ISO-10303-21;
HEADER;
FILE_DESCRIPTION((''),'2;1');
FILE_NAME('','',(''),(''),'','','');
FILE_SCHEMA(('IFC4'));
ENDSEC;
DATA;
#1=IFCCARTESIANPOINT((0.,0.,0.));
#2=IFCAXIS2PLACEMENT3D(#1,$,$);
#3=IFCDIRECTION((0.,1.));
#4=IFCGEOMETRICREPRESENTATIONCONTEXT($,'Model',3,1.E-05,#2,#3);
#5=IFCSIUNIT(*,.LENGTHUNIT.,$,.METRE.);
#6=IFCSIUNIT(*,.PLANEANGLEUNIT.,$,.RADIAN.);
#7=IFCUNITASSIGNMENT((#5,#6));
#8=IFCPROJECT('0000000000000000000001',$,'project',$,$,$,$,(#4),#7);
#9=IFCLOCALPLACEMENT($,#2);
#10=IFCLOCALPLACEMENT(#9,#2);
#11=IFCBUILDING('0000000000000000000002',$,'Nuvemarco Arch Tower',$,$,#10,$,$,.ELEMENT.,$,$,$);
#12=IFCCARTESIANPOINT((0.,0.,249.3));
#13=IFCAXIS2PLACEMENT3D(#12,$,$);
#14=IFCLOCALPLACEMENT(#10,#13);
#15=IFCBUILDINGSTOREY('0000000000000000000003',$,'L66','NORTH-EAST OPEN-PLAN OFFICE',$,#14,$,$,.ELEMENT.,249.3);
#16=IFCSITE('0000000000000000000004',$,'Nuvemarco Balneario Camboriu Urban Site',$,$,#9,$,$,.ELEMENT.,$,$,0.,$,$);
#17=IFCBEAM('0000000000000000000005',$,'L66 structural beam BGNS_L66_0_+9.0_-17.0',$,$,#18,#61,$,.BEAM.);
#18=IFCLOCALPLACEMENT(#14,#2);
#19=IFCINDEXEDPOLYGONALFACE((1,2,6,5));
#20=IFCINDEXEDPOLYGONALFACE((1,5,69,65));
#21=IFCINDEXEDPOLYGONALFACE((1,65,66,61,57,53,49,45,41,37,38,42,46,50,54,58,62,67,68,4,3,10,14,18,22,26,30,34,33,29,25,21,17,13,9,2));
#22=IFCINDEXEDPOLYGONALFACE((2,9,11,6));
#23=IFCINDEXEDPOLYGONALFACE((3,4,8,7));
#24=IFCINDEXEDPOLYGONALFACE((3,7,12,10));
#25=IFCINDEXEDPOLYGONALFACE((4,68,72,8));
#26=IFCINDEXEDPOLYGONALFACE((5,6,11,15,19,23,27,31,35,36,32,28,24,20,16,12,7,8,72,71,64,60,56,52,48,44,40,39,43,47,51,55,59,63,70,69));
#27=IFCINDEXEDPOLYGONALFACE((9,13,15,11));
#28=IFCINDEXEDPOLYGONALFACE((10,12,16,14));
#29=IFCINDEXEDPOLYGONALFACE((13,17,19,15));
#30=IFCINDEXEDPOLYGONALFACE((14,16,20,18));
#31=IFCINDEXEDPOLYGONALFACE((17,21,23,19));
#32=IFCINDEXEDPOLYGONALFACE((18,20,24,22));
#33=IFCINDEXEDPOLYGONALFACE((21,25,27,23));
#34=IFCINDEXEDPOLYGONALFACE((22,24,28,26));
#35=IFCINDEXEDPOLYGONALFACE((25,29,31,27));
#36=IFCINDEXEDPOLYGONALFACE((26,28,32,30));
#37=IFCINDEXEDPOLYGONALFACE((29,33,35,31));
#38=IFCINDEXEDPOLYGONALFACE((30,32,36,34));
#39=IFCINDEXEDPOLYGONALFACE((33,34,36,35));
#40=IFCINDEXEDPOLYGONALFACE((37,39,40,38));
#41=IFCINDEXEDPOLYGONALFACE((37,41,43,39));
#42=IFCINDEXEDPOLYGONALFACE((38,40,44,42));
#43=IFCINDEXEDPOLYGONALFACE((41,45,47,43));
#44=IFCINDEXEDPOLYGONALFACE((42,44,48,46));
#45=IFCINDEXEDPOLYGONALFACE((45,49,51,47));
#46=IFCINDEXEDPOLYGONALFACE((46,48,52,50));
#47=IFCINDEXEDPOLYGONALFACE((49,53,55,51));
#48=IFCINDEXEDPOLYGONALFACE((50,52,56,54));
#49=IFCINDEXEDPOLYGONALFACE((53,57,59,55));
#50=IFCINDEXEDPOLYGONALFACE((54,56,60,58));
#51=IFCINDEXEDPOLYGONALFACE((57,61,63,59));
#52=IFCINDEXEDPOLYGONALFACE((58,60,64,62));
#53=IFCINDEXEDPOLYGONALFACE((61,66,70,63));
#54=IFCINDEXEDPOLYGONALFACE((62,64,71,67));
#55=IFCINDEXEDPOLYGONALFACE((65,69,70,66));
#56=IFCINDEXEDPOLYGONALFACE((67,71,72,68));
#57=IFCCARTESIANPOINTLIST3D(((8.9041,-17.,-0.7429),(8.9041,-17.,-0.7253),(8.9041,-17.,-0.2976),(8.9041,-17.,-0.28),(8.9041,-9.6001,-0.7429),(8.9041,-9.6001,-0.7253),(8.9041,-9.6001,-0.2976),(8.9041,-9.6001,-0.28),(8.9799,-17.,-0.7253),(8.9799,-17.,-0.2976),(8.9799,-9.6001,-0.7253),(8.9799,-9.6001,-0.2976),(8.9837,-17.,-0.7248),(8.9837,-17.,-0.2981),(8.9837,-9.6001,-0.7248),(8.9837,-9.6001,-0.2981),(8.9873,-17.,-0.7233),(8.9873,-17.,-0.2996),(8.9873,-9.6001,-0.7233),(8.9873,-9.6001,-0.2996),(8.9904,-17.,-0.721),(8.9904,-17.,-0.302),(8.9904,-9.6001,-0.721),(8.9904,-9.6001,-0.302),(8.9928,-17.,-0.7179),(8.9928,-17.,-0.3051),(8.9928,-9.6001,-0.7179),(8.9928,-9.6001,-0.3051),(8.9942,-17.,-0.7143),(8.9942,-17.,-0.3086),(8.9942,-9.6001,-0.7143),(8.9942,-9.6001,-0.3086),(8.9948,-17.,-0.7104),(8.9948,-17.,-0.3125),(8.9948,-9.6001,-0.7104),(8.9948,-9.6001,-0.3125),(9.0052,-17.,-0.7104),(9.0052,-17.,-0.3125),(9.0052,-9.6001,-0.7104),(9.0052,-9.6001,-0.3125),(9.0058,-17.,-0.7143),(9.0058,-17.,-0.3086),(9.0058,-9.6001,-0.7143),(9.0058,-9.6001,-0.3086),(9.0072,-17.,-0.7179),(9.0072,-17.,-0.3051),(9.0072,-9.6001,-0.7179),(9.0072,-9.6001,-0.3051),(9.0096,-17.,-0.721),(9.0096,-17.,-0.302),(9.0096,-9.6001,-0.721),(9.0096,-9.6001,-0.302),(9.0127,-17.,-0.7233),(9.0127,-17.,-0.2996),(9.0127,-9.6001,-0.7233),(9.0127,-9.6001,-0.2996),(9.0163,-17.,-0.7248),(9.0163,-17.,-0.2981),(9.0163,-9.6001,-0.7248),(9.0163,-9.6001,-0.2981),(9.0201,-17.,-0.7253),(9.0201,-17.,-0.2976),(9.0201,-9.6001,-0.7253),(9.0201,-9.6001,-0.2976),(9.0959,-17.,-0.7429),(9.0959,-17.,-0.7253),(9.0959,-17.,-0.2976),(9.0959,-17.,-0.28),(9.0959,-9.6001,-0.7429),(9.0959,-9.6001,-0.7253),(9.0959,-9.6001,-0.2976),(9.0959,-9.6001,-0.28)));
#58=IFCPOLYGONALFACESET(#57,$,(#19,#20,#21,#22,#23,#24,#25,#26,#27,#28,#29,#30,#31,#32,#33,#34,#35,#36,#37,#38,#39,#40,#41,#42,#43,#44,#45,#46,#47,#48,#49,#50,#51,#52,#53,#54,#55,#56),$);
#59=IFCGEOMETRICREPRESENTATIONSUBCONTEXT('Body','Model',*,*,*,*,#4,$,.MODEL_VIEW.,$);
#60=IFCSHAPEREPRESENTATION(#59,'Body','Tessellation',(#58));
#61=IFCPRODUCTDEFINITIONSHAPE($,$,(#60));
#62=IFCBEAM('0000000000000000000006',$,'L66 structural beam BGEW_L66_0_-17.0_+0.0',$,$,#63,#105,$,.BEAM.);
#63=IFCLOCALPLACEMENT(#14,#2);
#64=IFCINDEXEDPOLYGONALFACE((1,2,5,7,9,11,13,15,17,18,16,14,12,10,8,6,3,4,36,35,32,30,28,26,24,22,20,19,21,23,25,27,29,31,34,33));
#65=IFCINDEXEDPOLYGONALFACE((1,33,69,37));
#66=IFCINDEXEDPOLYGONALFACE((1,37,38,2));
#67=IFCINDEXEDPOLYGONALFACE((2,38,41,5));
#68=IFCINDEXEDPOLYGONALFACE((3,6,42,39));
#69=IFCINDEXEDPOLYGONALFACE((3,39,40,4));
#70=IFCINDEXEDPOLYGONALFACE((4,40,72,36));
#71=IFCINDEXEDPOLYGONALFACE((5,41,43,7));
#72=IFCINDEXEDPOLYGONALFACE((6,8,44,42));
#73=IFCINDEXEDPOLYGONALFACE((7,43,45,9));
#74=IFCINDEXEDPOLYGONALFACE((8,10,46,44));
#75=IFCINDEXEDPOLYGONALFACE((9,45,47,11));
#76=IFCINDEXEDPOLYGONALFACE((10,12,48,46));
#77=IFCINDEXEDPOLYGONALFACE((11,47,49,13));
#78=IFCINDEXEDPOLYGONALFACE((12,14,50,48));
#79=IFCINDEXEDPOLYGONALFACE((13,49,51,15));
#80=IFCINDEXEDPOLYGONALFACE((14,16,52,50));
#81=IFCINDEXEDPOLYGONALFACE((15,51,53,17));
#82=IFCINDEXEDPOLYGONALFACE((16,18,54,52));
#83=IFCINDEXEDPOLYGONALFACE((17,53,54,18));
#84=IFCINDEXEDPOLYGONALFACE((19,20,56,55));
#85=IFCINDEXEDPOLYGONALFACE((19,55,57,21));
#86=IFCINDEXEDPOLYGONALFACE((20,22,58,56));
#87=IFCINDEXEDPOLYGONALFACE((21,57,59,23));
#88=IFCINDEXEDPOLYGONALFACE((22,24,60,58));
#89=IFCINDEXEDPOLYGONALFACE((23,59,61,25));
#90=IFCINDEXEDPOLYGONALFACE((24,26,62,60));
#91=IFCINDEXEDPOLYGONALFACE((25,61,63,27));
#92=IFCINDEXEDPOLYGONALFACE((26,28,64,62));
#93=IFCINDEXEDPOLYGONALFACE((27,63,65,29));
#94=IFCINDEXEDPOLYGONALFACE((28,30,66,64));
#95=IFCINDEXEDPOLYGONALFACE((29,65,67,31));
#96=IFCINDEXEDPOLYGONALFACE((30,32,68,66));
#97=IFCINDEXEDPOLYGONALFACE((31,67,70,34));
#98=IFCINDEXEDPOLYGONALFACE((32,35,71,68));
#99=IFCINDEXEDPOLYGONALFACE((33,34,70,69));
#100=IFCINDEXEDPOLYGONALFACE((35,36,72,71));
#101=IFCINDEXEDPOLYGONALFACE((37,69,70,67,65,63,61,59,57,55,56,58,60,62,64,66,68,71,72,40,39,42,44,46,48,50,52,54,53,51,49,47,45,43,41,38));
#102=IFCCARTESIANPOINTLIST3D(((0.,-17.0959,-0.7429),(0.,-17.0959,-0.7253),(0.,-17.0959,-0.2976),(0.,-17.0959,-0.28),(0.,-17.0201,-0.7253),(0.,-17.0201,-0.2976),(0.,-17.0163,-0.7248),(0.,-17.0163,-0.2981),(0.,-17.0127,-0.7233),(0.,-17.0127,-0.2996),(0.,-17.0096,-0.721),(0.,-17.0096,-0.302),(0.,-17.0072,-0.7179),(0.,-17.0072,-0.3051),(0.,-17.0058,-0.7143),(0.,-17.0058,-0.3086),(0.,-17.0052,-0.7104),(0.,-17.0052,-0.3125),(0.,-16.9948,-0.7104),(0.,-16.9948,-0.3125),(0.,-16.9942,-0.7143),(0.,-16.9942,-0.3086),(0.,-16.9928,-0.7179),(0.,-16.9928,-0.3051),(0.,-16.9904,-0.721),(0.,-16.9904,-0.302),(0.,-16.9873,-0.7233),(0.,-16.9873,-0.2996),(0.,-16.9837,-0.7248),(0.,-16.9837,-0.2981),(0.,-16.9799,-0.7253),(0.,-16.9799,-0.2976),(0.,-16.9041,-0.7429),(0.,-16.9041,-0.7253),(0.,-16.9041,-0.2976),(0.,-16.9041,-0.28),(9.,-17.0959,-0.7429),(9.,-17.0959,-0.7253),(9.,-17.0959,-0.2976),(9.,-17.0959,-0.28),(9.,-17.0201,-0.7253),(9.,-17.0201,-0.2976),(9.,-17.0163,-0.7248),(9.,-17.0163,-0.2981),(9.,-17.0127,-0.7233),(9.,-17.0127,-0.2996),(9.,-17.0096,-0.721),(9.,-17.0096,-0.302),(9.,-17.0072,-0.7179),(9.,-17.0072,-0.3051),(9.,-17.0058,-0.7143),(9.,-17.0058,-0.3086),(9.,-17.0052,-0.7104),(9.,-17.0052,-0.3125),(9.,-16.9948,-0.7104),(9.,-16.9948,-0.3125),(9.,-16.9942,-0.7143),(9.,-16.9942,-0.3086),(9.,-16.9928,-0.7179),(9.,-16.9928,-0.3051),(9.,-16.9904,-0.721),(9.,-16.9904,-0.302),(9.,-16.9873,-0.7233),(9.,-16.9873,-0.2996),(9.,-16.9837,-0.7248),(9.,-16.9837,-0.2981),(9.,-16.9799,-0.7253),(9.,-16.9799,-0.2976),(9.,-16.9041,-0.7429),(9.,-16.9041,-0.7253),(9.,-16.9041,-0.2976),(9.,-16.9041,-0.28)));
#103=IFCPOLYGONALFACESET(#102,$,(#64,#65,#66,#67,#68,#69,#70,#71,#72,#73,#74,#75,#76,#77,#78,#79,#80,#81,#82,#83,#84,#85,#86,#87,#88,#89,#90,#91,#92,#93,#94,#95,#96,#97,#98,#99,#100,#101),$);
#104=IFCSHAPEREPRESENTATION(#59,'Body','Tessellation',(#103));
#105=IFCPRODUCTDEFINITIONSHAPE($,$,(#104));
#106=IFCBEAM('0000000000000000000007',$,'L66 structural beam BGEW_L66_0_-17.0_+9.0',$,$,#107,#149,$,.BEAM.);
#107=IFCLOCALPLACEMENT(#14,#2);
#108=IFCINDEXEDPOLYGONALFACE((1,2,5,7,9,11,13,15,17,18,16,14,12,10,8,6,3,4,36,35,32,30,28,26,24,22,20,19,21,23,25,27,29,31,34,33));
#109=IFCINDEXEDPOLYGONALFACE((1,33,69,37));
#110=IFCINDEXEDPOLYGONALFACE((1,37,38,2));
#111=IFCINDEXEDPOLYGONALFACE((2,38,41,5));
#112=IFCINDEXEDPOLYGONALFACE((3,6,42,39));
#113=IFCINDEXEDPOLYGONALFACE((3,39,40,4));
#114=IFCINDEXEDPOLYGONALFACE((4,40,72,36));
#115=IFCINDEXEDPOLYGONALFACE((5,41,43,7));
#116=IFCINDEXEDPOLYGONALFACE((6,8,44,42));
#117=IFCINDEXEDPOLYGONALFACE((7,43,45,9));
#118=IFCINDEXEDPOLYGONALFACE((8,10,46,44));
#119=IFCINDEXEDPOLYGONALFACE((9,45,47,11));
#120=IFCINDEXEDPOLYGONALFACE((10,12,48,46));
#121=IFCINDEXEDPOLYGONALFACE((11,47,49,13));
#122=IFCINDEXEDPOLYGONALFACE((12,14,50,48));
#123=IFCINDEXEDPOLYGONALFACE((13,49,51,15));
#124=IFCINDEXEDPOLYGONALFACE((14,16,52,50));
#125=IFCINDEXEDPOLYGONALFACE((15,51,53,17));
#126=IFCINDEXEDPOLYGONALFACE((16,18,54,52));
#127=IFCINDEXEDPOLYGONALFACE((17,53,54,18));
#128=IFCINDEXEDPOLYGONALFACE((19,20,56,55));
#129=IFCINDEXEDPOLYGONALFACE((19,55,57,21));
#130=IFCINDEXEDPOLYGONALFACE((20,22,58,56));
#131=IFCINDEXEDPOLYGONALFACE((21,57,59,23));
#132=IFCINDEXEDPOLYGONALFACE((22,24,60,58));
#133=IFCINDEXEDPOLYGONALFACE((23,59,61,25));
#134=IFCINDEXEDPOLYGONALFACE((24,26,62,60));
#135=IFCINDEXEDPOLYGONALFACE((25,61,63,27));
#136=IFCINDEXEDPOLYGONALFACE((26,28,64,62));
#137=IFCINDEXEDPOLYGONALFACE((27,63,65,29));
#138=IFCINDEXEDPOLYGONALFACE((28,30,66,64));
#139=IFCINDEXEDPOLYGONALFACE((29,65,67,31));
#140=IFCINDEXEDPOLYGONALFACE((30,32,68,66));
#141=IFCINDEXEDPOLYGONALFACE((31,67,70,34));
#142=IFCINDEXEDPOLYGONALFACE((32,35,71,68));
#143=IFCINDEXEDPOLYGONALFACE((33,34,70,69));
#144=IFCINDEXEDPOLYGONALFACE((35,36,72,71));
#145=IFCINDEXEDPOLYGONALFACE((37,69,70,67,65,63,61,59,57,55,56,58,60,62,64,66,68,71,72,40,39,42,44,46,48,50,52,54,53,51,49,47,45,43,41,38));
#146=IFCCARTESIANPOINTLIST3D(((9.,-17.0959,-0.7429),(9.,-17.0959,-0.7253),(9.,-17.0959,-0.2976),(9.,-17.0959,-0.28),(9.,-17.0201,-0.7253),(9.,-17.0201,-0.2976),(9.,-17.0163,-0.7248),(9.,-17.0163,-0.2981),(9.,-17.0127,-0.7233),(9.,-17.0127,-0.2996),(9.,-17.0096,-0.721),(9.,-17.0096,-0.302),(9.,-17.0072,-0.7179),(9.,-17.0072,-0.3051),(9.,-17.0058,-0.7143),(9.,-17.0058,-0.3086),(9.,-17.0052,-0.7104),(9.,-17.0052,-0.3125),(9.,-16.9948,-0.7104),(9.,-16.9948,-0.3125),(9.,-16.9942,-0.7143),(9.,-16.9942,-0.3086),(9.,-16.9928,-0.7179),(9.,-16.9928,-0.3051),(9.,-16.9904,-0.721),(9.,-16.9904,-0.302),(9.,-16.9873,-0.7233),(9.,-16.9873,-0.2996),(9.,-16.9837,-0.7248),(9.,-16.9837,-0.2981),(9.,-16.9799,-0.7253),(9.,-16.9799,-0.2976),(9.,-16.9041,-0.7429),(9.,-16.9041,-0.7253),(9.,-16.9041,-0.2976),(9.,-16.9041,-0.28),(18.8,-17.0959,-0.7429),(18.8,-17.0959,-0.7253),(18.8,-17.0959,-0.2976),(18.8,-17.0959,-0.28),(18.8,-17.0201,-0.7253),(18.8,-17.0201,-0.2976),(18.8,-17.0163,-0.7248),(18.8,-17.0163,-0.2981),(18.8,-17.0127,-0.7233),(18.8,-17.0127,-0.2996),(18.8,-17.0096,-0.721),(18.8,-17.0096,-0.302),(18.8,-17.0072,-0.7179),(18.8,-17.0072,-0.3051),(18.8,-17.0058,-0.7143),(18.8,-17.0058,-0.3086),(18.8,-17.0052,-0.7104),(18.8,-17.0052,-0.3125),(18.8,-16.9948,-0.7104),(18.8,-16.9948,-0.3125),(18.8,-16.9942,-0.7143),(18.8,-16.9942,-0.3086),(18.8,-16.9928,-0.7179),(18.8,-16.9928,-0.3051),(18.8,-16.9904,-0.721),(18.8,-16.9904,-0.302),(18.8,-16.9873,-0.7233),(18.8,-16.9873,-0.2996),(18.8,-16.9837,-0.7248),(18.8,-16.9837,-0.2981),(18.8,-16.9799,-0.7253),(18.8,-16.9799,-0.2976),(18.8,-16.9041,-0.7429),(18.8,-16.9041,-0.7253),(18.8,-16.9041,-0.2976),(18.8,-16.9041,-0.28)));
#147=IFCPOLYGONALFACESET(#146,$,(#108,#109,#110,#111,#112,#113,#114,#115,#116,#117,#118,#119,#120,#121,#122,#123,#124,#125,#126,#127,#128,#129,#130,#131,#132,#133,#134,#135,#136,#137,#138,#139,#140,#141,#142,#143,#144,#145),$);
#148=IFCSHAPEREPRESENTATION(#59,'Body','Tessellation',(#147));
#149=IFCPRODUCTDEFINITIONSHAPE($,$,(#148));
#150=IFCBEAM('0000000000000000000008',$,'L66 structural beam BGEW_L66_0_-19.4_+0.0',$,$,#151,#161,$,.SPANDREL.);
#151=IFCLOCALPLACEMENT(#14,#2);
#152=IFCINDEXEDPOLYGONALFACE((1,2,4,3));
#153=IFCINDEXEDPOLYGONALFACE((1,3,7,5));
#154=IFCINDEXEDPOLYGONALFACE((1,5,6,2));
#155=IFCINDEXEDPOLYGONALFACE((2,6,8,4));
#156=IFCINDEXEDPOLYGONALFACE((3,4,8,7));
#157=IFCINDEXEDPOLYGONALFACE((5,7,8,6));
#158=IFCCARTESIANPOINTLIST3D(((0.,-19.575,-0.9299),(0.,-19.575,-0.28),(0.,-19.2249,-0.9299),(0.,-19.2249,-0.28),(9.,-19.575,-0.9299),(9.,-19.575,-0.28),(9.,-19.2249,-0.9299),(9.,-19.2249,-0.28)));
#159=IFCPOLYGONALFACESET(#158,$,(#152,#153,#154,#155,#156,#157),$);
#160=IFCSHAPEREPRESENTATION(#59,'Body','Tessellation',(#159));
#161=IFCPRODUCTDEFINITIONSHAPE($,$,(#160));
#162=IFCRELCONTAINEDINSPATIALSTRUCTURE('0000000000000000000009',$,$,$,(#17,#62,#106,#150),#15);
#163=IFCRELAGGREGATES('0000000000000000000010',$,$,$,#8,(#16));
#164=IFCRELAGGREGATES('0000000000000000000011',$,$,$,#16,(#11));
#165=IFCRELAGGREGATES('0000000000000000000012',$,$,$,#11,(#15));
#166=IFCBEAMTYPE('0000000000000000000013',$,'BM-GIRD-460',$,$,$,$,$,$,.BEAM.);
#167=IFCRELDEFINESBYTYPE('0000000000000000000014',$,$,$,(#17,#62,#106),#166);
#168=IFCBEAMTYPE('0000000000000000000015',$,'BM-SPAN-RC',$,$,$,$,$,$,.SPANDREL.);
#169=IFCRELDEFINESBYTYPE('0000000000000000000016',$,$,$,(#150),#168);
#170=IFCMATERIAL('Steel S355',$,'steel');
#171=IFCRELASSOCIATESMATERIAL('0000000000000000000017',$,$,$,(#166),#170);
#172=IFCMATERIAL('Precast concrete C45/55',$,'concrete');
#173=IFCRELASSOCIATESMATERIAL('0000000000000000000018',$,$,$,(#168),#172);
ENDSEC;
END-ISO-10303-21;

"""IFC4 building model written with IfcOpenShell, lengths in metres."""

from ifc_helpers import new_model, si_unit, direction, frame, origin, origin_2d, place, context, subcontext, project, spatial, rectangle, i_section, extrude, material, material_profile, profile_set, type_object, element, save


model = new_model("IFC4")

# Units and contexts
model_context = context("Model", 3, precision=1e-05, world=origin(), true_north=direction((0.0, 1.0)))
body_context = subcontext(model_context, "Body", "Model", "MODEL_VIEW")
ifc_project = project(units=[si_unit("LENGTHUNIT", "METRE"), si_unit("PLANEANGLEUNIT", "RADIAN")], contexts=[model_context])

# Site, building, storey
site_placement = place(None, origin())
site = spatial("IfcSite", under=ifc_project, at=site_placement, Name="Nuvemarco Balneario Camboriu Urban Site", CompositionType="ELEMENT", RefElevation=0.0)
building_placement = place(site_placement, origin())
building = spatial("IfcBuilding", under=site, at=building_placement, Name="Nuvemarco Arch Tower", CompositionType="ELEMENT")
storey_placement = place(building_placement, frame((0.0, 0.0, 249.3)))
storey = spatial("IfcBuildingStorey", under=building, at=storey_placement, Name="L66", Description="NORTH-EAST OPEN-PLAN OFFICE", CompositionType="ELEMENT", Elevation=249.3)

# Shared definitions
ifc_material_1 = material(Name="Steel S355", Category="steel")

# Beams
ifc_material_profile_1 = material_profile(ifc_material_1, i_section(OverallWidth=0.1919, OverallDepth=0.4629, WebThickness=0.0105, FlangeThickness=0.0176, FilletRadius=0.0149, at=origin_2d()), Name="W460x89")
ifc_profile_set_1 = profile_set([ifc_material_profile_1], Name="Steel S355")
beam_type_1 = type_object("IfcBeamType", Name="BM-GIRD-460", PredefinedType="BEAM", material=ifc_profile_set_1)
beam_1_placement = place(storey_placement, frame((9.0, -17.0, -0.5115), z_axis=(0.0, 1.0, 0.0), x_axis=(-1.0, 0.0, 0.0)))
element("IfcBeam", 1, at=beam_1_placement, inside=storey, type_object=beam_type_1, Name="L66 structural beam BGNS_L66_0_+9.0_-17.0", PredefinedType="BEAM", context=body_context, shape_type="SweptSolid", body=[
    extrude(i_section(OverallWidth=0.1919, OverallDepth=0.4629, WebThickness=0.0105, FlangeThickness=0.0176, FilletRadius=0.0149, at=origin_2d()), origin(), (0.0, 0.0, 1.0), 7.3999),
])
beam_2_placement = place(storey_placement, frame((0.0, -17.0, -0.5115), z_axis=(1.0, 0.0, 0.0), x_axis=(0.0, 1.0, 0.0)))
element("IfcBeam", 2, at=beam_2_placement, inside=storey, type_object=beam_type_1, Name="L66 structural beam BGEW_L66_0_-17.0_+0.0", PredefinedType="BEAM", context=body_context, shape_type="SweptSolid", body=[
    extrude(i_section(OverallWidth=0.1919, OverallDepth=0.4629, WebThickness=0.0105, FlangeThickness=0.0176, FilletRadius=0.0149, at=origin_2d()), origin(), (0.0, 0.0, 1.0), 9.0),
])
beam_3_placement = place(storey_placement, frame((9.0, -17.0, -0.5115), z_axis=(1.0, 0.0, 0.0), x_axis=(0.0, 1.0, 0.0)))
element("IfcBeam", 3, at=beam_3_placement, inside=storey, type_object=beam_type_1, Name="L66 structural beam BGEW_L66_0_-17.0_+9.0", PredefinedType="BEAM", context=body_context, shape_type="SweptSolid", body=[
    extrude(i_section(OverallWidth=0.1919, OverallDepth=0.4629, WebThickness=0.0105, FlangeThickness=0.0176, FilletRadius=0.0149, at=origin_2d()), origin(), (0.0, 0.0, 1.0), 9.8),
])
ifc_material_2 = material(Name="Precast concrete C45/55", Category="concrete")
ifc_material_profile_2 = material_profile(ifc_material_2, rectangle(XDim=0.3501, YDim=0.6499, at=origin_2d()), Name="PC-SP-350x650")
ifc_profile_set_2 = profile_set([ifc_material_profile_2], Name="Precast concrete C45/55")
beam_type_2 = type_object("IfcBeamType", Name="BM-SPAN-RC", PredefinedType="SPANDREL", material=ifc_profile_set_2)
beam_4_placement = place(storey_placement, frame((0.0, -19.3999, -0.605), z_axis=(1.0, 0.0, 0.0), x_axis=(0.0, 1.0, 0.0)))
element("IfcBeam", 4, at=beam_4_placement, inside=storey, type_object=beam_type_2, Name="L66 structural beam BGEW_L66_0_-19.4_+0.0", PredefinedType="SPANDREL", context=body_context, shape_type="SweptSolid", body=[
    extrude(rectangle(XDim=0.3501, YDim=0.6499, at=origin_2d()), origin(), (0.0, 0.0, 1.0), 9.0),
])

save(model, "model.ifc")
